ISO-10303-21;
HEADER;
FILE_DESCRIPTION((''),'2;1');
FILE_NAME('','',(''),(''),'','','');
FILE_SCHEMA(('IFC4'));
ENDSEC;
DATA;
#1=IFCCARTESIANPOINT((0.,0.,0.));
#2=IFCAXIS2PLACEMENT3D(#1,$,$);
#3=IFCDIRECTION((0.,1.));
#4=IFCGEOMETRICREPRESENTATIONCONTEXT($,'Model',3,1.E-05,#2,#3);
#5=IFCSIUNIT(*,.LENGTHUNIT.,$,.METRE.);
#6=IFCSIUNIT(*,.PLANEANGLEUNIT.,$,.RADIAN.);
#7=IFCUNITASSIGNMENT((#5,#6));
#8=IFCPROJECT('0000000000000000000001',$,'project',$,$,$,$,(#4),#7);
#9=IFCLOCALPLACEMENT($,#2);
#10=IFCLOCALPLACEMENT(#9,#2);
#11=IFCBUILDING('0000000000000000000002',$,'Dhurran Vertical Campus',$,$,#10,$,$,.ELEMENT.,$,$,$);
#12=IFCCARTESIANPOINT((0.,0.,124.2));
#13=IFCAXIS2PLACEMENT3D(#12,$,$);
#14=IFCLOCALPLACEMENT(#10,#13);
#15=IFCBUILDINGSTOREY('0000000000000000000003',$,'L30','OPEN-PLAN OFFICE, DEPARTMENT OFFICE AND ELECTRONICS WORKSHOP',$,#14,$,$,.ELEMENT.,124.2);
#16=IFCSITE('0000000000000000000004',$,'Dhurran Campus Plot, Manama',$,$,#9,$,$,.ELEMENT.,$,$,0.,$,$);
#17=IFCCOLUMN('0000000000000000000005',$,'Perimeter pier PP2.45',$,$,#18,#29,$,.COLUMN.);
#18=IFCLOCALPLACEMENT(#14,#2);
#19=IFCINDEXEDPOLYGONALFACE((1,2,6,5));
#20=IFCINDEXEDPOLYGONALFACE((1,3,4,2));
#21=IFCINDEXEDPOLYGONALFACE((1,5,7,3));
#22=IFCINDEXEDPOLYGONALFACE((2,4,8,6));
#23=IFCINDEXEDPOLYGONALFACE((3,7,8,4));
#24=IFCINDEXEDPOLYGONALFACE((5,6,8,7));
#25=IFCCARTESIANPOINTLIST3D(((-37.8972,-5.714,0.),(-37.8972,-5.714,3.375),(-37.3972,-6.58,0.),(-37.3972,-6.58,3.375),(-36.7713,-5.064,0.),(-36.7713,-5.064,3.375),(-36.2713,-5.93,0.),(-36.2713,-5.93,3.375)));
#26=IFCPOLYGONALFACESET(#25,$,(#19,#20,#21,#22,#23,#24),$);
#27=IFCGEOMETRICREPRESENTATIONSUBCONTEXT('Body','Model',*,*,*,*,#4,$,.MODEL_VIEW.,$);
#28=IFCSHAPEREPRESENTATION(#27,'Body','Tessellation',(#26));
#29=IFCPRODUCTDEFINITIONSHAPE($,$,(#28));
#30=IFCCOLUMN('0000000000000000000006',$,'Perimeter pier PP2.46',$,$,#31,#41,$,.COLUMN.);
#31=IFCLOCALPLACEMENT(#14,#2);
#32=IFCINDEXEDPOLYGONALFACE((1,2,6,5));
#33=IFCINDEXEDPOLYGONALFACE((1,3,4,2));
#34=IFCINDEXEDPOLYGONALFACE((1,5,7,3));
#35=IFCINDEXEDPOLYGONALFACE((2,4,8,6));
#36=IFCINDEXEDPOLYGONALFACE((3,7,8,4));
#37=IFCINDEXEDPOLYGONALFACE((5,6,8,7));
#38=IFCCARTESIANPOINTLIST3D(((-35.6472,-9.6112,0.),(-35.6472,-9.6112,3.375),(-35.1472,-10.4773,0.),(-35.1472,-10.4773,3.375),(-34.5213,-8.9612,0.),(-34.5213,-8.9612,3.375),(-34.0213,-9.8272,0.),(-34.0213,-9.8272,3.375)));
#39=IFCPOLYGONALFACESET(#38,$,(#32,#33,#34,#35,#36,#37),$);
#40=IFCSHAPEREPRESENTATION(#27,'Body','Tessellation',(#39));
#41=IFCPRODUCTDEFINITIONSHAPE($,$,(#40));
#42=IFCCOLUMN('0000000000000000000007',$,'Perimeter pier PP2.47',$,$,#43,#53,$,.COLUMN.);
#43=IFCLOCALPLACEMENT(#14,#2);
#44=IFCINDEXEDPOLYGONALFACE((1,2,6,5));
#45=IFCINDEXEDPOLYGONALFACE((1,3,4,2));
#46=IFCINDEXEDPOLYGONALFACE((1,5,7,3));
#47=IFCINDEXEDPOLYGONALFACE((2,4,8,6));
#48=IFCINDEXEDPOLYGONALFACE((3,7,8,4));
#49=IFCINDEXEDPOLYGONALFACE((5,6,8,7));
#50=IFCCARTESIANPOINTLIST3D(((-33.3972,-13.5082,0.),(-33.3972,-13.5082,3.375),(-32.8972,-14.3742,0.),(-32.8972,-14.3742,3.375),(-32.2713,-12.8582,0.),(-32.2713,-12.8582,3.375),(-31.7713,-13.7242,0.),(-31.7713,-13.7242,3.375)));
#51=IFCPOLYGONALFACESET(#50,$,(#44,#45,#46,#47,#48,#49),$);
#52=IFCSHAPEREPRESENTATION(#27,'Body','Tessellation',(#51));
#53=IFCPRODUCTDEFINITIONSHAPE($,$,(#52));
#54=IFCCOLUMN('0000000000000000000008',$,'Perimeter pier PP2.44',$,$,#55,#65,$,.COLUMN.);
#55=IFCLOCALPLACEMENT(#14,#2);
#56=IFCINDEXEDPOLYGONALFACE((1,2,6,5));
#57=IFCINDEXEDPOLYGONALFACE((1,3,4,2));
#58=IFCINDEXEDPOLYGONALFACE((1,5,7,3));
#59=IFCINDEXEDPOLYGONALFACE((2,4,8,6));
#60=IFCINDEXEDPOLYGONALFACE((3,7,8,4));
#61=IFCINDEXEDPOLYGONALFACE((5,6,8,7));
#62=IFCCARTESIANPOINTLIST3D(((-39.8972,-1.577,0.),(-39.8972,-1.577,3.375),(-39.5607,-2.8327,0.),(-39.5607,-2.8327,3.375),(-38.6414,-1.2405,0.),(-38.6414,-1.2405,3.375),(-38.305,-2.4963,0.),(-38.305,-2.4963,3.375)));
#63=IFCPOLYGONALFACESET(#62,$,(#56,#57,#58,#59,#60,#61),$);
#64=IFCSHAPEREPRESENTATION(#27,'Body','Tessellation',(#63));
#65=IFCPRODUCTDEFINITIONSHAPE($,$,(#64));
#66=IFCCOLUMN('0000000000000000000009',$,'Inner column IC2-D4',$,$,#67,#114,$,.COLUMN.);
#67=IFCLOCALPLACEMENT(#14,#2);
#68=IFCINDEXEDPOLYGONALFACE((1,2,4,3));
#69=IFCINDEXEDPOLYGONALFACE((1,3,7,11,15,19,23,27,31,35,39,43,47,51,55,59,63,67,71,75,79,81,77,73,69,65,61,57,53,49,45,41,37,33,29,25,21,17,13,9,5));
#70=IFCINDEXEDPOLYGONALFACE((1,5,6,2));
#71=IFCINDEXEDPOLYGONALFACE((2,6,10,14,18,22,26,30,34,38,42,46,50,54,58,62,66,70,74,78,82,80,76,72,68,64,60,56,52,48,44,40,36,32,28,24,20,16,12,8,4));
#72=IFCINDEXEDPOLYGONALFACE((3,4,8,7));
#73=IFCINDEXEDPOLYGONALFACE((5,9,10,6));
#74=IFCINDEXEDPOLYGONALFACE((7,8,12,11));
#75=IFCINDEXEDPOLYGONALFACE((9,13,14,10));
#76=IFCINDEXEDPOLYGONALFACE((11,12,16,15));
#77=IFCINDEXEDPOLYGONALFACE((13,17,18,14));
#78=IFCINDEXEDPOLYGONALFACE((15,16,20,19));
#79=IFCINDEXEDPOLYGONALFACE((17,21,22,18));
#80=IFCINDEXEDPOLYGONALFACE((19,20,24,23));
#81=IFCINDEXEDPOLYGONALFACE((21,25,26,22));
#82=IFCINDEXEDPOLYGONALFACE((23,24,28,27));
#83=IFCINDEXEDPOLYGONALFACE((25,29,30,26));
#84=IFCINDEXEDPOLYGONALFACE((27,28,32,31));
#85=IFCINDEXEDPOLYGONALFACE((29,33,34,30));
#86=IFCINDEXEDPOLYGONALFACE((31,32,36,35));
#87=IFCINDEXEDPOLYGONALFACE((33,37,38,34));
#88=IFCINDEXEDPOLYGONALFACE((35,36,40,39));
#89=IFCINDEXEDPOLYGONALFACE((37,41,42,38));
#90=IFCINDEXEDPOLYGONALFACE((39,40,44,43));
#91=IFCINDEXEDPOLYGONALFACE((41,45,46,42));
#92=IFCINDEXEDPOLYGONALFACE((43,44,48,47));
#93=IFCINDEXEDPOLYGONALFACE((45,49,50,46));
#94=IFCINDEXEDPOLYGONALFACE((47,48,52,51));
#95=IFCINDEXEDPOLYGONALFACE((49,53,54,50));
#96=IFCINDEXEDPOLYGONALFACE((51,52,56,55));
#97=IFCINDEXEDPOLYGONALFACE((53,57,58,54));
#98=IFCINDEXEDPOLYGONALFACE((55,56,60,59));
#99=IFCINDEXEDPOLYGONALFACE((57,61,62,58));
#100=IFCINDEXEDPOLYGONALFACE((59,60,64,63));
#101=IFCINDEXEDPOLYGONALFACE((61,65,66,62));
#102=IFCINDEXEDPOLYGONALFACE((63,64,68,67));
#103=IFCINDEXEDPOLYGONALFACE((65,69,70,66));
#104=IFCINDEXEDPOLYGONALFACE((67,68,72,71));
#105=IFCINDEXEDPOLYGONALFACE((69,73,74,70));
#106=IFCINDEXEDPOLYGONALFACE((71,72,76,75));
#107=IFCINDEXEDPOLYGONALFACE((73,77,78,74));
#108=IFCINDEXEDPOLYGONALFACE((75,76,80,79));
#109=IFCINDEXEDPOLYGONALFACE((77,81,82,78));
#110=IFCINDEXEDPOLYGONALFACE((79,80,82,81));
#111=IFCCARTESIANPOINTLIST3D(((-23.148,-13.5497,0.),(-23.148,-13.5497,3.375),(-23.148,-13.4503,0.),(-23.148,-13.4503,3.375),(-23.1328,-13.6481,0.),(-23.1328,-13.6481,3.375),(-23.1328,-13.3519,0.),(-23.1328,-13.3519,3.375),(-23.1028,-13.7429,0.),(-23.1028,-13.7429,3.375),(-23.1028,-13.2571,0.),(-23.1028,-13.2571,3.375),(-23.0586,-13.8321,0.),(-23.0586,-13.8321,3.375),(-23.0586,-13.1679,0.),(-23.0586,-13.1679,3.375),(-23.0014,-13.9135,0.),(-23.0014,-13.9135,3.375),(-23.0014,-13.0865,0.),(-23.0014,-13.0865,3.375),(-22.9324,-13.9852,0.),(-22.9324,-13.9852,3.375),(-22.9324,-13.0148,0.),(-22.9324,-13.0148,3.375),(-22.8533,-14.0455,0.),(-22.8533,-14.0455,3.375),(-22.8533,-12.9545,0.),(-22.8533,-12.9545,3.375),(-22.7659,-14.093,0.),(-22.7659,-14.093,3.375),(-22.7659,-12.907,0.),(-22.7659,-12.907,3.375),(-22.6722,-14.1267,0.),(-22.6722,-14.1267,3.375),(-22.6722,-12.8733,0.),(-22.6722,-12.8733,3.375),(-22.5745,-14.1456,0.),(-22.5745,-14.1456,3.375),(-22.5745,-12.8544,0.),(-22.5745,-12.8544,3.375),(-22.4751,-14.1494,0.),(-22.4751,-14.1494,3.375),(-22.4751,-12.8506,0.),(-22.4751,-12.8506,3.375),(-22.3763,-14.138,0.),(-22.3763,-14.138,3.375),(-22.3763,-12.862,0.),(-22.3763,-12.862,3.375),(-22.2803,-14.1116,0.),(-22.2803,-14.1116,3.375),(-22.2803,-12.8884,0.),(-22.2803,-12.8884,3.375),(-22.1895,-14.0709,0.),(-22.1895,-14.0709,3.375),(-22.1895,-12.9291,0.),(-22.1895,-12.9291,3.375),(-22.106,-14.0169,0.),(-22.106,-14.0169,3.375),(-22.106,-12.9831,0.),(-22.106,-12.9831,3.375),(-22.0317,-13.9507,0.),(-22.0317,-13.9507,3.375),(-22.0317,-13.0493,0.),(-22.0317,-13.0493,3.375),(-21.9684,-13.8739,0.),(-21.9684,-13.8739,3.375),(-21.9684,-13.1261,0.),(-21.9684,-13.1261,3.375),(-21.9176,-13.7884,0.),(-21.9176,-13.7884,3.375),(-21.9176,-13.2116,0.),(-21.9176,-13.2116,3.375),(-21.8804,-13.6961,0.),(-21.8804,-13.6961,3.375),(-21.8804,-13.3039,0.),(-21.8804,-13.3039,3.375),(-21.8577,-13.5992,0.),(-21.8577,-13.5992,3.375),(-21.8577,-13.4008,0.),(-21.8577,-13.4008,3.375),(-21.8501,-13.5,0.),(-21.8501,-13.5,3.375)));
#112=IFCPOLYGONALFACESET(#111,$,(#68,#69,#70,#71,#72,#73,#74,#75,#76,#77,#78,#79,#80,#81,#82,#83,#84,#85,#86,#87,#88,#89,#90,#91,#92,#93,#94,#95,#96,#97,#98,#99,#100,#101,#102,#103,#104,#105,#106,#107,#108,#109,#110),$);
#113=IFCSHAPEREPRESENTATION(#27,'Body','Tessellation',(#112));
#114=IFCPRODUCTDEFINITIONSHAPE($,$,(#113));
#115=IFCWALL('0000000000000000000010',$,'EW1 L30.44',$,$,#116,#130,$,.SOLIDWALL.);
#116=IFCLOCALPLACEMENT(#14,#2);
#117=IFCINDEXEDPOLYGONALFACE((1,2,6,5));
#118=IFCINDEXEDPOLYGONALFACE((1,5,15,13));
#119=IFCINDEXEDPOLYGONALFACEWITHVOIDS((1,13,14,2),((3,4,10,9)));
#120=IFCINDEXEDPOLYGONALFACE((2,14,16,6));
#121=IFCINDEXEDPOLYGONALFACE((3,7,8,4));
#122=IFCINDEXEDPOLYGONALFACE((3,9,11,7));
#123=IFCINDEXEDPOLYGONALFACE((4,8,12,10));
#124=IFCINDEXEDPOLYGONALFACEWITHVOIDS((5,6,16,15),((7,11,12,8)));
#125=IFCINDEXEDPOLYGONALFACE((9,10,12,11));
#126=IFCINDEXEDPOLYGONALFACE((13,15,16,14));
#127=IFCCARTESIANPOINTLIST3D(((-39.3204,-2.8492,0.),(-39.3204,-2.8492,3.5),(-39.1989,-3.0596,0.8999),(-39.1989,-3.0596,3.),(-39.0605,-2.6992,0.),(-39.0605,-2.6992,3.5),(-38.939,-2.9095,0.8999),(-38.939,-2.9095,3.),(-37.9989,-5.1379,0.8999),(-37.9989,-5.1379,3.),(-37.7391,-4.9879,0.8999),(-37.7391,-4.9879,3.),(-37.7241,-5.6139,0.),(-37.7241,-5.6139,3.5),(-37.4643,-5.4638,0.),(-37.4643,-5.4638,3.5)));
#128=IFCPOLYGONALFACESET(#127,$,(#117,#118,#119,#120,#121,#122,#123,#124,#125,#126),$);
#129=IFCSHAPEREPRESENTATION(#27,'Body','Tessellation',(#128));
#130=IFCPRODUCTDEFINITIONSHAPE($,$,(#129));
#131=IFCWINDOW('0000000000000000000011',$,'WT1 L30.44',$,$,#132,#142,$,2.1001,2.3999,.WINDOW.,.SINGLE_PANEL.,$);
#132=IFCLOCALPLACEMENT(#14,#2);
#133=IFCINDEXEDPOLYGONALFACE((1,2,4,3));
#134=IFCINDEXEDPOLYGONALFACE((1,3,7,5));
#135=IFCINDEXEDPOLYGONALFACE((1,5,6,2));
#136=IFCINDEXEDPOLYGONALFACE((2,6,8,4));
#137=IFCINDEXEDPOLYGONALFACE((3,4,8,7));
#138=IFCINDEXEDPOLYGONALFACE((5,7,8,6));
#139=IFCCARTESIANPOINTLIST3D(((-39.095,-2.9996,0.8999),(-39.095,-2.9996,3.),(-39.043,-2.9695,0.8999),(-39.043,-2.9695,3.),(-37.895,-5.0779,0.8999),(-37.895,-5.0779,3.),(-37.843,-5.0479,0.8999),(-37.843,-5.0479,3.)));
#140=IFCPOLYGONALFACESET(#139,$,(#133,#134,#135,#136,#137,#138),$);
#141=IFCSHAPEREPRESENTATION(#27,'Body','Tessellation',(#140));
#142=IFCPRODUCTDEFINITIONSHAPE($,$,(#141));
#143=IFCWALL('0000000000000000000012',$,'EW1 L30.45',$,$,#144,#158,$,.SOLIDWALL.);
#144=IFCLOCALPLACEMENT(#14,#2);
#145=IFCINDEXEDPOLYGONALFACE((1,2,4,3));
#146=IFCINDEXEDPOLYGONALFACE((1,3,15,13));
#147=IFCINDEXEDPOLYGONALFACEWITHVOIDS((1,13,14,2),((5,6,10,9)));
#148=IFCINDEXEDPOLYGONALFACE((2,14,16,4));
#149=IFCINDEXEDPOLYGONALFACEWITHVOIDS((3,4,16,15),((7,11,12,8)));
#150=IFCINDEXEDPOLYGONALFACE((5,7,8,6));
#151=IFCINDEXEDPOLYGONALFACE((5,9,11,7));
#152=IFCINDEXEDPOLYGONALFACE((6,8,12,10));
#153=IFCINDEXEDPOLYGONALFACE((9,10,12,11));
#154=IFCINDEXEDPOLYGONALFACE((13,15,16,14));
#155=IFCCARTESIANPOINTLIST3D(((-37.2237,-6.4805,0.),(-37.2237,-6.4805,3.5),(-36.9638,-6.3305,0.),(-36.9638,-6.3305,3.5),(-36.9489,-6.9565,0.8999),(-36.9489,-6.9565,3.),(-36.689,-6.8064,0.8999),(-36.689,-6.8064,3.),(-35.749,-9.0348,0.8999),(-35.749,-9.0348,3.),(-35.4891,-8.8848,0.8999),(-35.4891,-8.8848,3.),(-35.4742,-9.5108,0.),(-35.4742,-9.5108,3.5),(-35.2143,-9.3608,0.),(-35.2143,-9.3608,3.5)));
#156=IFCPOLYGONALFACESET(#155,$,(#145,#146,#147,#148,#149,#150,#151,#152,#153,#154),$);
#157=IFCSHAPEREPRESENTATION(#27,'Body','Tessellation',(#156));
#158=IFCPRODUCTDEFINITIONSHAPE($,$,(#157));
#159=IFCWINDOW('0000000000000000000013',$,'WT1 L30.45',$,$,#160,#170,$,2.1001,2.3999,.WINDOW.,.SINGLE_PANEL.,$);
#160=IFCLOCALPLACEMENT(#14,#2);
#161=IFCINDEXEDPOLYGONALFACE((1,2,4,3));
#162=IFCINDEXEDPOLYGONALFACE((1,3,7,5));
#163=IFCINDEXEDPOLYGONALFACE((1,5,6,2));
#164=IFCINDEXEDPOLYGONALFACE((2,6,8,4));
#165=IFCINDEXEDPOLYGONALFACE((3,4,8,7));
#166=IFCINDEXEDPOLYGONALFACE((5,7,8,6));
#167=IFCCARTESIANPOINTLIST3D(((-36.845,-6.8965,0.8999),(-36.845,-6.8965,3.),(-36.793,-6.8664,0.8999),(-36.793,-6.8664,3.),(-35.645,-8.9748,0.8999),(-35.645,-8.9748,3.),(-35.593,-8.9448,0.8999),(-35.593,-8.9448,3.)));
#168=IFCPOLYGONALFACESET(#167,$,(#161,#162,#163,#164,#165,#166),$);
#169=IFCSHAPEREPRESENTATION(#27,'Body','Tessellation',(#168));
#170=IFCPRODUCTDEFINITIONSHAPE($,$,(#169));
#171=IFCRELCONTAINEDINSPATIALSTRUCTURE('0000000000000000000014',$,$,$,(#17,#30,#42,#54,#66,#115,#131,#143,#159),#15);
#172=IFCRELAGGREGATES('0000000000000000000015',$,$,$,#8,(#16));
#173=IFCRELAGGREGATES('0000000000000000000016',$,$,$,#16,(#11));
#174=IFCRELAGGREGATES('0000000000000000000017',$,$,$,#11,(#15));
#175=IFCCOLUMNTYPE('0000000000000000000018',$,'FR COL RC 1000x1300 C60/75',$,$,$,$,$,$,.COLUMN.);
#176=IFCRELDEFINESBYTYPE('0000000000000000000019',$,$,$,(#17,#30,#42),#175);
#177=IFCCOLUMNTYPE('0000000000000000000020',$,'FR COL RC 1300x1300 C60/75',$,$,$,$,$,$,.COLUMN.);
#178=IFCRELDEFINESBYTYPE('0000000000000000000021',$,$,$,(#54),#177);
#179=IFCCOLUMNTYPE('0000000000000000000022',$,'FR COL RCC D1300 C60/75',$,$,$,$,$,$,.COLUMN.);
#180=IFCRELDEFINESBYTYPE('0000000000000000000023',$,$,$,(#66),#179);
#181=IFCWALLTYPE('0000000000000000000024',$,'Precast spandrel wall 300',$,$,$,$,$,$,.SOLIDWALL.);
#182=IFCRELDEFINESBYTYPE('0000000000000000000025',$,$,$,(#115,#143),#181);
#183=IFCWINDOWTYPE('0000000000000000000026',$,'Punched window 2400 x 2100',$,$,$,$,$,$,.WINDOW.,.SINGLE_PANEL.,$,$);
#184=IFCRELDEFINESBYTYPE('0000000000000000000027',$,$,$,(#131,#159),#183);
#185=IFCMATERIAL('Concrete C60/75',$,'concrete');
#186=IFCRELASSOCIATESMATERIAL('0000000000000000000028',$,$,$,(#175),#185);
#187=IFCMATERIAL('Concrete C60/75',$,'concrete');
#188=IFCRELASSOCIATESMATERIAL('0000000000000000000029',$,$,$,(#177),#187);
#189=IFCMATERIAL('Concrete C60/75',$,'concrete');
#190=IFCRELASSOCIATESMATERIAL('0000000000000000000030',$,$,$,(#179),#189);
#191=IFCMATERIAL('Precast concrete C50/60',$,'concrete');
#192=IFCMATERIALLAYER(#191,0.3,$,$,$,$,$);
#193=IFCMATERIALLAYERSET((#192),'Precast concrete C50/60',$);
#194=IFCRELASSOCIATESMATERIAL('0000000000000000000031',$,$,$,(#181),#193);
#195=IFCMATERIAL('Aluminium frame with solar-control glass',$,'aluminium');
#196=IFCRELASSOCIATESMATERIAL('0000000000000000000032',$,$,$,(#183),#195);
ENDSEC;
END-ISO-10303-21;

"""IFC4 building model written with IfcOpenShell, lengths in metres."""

from ifc_helpers import new_model, si_unit, direction, frame, frame_2d, origin, origin_2d, place, context, subcontext, project, spatial, rectangle, circle, extrude, material, layer, layer_set, material_profile, profile_set, type_object, element, fill, save


model = new_model("IFC4")

# Units and contexts
model_context = context("Model", 3, precision=1e-05, world=origin(), true_north=direction((0.0, 1.0)))
body_context = subcontext(model_context, "Body", "Model", "MODEL_VIEW")
ifc_project = project(units=[si_unit("LENGTHUNIT", "METRE"), si_unit("PLANEANGLEUNIT", "RADIAN")], contexts=[model_context])

# Site, building, storey
site_placement = place(None, origin())
site = spatial("IfcSite", under=ifc_project, at=site_placement, Name="Dhurran Campus Plot, Manama", CompositionType="ELEMENT", RefElevation=0.0)
building_placement = place(site_placement, origin())
building = spatial("IfcBuilding", under=site, at=building_placement, Name="Dhurran Vertical Campus", CompositionType="ELEMENT")
storey_placement = place(building_placement, frame((0.0, 0.0, 124.2)))
storey = spatial("IfcBuildingStorey", under=building, at=storey_placement, Name="L30", Description="OPEN-PLAN OFFICE, DEPARTMENT OFFICE AND ELECTRONICS WORKSHOP", CompositionType="ELEMENT", Elevation=124.2)

# Columns
ifc_material_1 = material(Name="Concrete C60/75", Category="concrete")
ifc_material_profile_1 = material_profile(ifc_material_1, rectangle(XDim=1.0, YDim=1.3, at=origin_2d()), Name="RC 1000x1300")
ifc_profile_set_1 = profile_set([ifc_material_profile_1], Name="Concrete C60/75")
column_type_1 = type_object("IfcColumnType", Name="FR COL RC 1000x1300 C60/75", PredefinedType="COLUMN", material=ifc_profile_set_1)
for number, where, z_axis, x_axis, name in (
    (1, (-37.0842, -5.822, 0.0), (0.0, 0.0, 1.0), (0.5, -0.866025, 0.0), "Perimeter pier PP2.45"),
    (2, (-34.8342, -9.7192, 0.0), (0.0, 0.0, 1.0), (0.5, -0.866025, 0.0), "Perimeter pier PP2.46"),
    (3, (-32.5842, -13.6162, 0.0), (0.0, 0.0, 1.0), (0.5, -0.866025, 0.0), "Perimeter pier PP2.47"),
):
    element("IfcColumn", number, at=place(storey_placement, frame(where, z_axis=z_axis, x_axis=x_axis)), inside=storey, type_object=column_type_1, Name=name, PredefinedType="COLUMN", context=body_context, shape_type="SweptSolid", body=[
        extrude(rectangle(XDim=1.0, YDim=1.3, at=origin_2d()), origin(), (0.0, 0.0, 1.0), 3.375),
    ])
ifc_material_2 = material(Name="Concrete C60/75", Category="concrete")
ifc_material_profile_2 = material_profile(ifc_material_2, rectangle(XDim=1.3, YDim=1.3, at=origin_2d()), Name="RC 1300x1300")
ifc_profile_set_2 = profile_set([ifc_material_profile_2], Name="Concrete C60/75")
column_type_2 = type_object("IfcColumnType", Name="FR COL RC 1300x1300 C60/75", PredefinedType="COLUMN", material=ifc_profile_set_2)
column_1_placement = place(storey_placement, frame((-39.1011, -2.0366, 0.0), z_axis=(0.0, 0.0, 1.0), x_axis=(0.258819, -0.965926, 0.0)))
element("IfcColumn", 4, at=column_1_placement, inside=storey, type_object=column_type_2, Name="Perimeter pier PP2.44", PredefinedType="COLUMN", context=body_context, shape_type="SweptSolid", body=[
    extrude(rectangle(XDim=1.3, YDim=1.3, at=origin_2d()), origin(), (0.0, 0.0, 1.0), 3.375),
])
ifc_material_3 = material(Name="Concrete C60/75", Category="concrete")
ifc_material_profile_3 = material_profile(ifc_material_3, circle(Radius=0.6499, at=origin_2d()), Name="RCC D1300")
ifc_profile_set_3 = profile_set([ifc_material_profile_3], Name="Concrete C60/75")
column_type_3 = type_object("IfcColumnType", Name="FR COL RCC D1300 C60/75", PredefinedType="COLUMN", material=ifc_profile_set_3)
column_2_placement = place(storey_placement, frame((-22.5, -13.5, 0.0), z_axis=(0.0, 0.0, 1.0), x_axis=(1.0, 0.0, 0.0)))
element("IfcColumn", 5, at=column_2_placement, inside=storey, type_object=column_type_3, Name="Inner column IC2-D4", PredefinedType="COLUMN", context=body_context, shape_type="SweptSolid", body=[
    extrude(circle(Radius=0.6499, at=origin_2d()), origin(), (0.0, 0.0, 1.0), 3.375),
])

# Walls, openings, windows
ifc_material_4 = material(Name="Precast concrete C50/60", Category="concrete")
ifc_layer = layer(ifc_material_4, 0.3)
ifc_layer_set = layer_set([ifc_layer], Name="Precast concrete C50/60")
wall_type = type_object("IfcWallType", Name="Precast spandrel wall 300", PredefinedType="SOLIDWALL", material=ifc_layer_set)
wall_1_placement = place(storey_placement, frame((-39.1904, -2.7742, 0.0), z_axis=(0.0, 0.0, 1.0), x_axis=(0.500005, -0.866023, 0.0)))
wall_1 = element("IfcWall", 6, at=wall_1_placement, inside=storey, type_object=wall_type, Name="EW1 L30.44", PredefinedType="SOLIDWALL", context=body_context, shape_type="SweptSolid", body=[
    extrude(rectangle(XDim=3.1924, YDim=0.3, at=frame_2d((1.5962, 0.0))), origin(), (0.0, 0.0, 1.0), 3.5),
])
opening_1_placement = place(wall_1_placement, frame((0.2429, 0.0, 0.8999)))
opening_1 = element("IfcOpeningElement", 7, at=opening_1_placement, cuts=wall_1, PredefinedType="OPENING", context=body_context, shape_type="SweptSolid", body=[
    extrude(rectangle(XDim=2.3999, YDim=2.1001, at=frame_2d((1.2, 1.05))), frame((0.0, 0.1599, 0.0), z_axis=(0.0, -1.0, 0.0), x_axis=(1.0, 0.0, 0.0)), (0.0, 0.0, 1.0), 0.3201),
])
ifc_material_5 = material(Name="Aluminium frame with solar-control glass", Category="aluminium")
window_type = type_object("IfcWindowType", Name="Punched window 2400 x 2100", PartitioningType="SINGLE_PANEL", PredefinedType="WINDOW", material=ifc_material_5)
window_1_placement = place(opening_1_placement, origin())
window_1 = element("IfcWindow", 8, at=window_1_placement, inside=storey, type_object=window_type, Name="WT1 L30.44", OverallHeight=2.1001, OverallWidth=2.3999, PartitioningType="SINGLE_PANEL", PredefinedType="WINDOW", context=body_context, shape_type="SweptSolid", body=[
    extrude(rectangle(XDim=2.3999, YDim=2.1001, at=frame_2d((1.2, 1.05))), frame((0.0, 0.03, 0.0), z_axis=(0.0, -1.0, 0.0), x_axis=(1.0, 0.0, 0.0)), (0.0, 0.0, 1.0), 0.0601),
])
fill(opening_1, window_1)
wall_2_placement = place(storey_placement, frame((-37.0938, -6.4055, 0.0), z_axis=(0.0, 0.0, 1.0), x_axis=(0.499996, -0.866028, 0.0)))
wall_2 = element("IfcWall", 9, at=wall_2_placement, inside=storey, type_object=wall_type, Name="EW1 L30.45", PredefinedType="SOLIDWALL", context=body_context, shape_type="SweptSolid", body=[
    extrude(rectangle(XDim=3.499, YDim=0.3, at=frame_2d((1.7495, 0.0))), origin(), (0.0, 0.0, 1.0), 3.5),
])
opening_2_placement = place(wall_2_placement, frame((0.5496, 0.0, 0.8999)))
opening_2 = element("IfcOpeningElement", 10, at=opening_2_placement, cuts=wall_2, PredefinedType="OPENING", context=body_context, shape_type="SweptSolid", body=[
    extrude(rectangle(XDim=2.3999, YDim=2.1001, at=frame_2d((1.2, 1.05))), frame((0.0, 0.1599, 0.0), z_axis=(0.0, -1.0, 0.0), x_axis=(1.0, 0.0, 0.0)), (0.0, 0.0, 1.0), 0.3201),
])
window_2_placement = place(opening_2_placement, origin())
window_2 = element("IfcWindow", 11, at=window_2_placement, inside=storey, type_object=window_type, Name="WT1 L30.45", OverallHeight=2.1001, OverallWidth=2.3999, PartitioningType="SINGLE_PANEL", PredefinedType="WINDOW", context=body_context, shape_type="SweptSolid", body=[
    extrude(rectangle(XDim=2.3999, YDim=2.1001, at=frame_2d((1.2, 1.05))), frame((0.0, 0.03, 0.0), z_axis=(0.0, -1.0, 0.0), x_axis=(1.0, 0.0, 0.0)), (0.0, 0.0, 1.0), 0.0601),
])
fill(opening_2, window_2)

save(model, "model.ifc")
